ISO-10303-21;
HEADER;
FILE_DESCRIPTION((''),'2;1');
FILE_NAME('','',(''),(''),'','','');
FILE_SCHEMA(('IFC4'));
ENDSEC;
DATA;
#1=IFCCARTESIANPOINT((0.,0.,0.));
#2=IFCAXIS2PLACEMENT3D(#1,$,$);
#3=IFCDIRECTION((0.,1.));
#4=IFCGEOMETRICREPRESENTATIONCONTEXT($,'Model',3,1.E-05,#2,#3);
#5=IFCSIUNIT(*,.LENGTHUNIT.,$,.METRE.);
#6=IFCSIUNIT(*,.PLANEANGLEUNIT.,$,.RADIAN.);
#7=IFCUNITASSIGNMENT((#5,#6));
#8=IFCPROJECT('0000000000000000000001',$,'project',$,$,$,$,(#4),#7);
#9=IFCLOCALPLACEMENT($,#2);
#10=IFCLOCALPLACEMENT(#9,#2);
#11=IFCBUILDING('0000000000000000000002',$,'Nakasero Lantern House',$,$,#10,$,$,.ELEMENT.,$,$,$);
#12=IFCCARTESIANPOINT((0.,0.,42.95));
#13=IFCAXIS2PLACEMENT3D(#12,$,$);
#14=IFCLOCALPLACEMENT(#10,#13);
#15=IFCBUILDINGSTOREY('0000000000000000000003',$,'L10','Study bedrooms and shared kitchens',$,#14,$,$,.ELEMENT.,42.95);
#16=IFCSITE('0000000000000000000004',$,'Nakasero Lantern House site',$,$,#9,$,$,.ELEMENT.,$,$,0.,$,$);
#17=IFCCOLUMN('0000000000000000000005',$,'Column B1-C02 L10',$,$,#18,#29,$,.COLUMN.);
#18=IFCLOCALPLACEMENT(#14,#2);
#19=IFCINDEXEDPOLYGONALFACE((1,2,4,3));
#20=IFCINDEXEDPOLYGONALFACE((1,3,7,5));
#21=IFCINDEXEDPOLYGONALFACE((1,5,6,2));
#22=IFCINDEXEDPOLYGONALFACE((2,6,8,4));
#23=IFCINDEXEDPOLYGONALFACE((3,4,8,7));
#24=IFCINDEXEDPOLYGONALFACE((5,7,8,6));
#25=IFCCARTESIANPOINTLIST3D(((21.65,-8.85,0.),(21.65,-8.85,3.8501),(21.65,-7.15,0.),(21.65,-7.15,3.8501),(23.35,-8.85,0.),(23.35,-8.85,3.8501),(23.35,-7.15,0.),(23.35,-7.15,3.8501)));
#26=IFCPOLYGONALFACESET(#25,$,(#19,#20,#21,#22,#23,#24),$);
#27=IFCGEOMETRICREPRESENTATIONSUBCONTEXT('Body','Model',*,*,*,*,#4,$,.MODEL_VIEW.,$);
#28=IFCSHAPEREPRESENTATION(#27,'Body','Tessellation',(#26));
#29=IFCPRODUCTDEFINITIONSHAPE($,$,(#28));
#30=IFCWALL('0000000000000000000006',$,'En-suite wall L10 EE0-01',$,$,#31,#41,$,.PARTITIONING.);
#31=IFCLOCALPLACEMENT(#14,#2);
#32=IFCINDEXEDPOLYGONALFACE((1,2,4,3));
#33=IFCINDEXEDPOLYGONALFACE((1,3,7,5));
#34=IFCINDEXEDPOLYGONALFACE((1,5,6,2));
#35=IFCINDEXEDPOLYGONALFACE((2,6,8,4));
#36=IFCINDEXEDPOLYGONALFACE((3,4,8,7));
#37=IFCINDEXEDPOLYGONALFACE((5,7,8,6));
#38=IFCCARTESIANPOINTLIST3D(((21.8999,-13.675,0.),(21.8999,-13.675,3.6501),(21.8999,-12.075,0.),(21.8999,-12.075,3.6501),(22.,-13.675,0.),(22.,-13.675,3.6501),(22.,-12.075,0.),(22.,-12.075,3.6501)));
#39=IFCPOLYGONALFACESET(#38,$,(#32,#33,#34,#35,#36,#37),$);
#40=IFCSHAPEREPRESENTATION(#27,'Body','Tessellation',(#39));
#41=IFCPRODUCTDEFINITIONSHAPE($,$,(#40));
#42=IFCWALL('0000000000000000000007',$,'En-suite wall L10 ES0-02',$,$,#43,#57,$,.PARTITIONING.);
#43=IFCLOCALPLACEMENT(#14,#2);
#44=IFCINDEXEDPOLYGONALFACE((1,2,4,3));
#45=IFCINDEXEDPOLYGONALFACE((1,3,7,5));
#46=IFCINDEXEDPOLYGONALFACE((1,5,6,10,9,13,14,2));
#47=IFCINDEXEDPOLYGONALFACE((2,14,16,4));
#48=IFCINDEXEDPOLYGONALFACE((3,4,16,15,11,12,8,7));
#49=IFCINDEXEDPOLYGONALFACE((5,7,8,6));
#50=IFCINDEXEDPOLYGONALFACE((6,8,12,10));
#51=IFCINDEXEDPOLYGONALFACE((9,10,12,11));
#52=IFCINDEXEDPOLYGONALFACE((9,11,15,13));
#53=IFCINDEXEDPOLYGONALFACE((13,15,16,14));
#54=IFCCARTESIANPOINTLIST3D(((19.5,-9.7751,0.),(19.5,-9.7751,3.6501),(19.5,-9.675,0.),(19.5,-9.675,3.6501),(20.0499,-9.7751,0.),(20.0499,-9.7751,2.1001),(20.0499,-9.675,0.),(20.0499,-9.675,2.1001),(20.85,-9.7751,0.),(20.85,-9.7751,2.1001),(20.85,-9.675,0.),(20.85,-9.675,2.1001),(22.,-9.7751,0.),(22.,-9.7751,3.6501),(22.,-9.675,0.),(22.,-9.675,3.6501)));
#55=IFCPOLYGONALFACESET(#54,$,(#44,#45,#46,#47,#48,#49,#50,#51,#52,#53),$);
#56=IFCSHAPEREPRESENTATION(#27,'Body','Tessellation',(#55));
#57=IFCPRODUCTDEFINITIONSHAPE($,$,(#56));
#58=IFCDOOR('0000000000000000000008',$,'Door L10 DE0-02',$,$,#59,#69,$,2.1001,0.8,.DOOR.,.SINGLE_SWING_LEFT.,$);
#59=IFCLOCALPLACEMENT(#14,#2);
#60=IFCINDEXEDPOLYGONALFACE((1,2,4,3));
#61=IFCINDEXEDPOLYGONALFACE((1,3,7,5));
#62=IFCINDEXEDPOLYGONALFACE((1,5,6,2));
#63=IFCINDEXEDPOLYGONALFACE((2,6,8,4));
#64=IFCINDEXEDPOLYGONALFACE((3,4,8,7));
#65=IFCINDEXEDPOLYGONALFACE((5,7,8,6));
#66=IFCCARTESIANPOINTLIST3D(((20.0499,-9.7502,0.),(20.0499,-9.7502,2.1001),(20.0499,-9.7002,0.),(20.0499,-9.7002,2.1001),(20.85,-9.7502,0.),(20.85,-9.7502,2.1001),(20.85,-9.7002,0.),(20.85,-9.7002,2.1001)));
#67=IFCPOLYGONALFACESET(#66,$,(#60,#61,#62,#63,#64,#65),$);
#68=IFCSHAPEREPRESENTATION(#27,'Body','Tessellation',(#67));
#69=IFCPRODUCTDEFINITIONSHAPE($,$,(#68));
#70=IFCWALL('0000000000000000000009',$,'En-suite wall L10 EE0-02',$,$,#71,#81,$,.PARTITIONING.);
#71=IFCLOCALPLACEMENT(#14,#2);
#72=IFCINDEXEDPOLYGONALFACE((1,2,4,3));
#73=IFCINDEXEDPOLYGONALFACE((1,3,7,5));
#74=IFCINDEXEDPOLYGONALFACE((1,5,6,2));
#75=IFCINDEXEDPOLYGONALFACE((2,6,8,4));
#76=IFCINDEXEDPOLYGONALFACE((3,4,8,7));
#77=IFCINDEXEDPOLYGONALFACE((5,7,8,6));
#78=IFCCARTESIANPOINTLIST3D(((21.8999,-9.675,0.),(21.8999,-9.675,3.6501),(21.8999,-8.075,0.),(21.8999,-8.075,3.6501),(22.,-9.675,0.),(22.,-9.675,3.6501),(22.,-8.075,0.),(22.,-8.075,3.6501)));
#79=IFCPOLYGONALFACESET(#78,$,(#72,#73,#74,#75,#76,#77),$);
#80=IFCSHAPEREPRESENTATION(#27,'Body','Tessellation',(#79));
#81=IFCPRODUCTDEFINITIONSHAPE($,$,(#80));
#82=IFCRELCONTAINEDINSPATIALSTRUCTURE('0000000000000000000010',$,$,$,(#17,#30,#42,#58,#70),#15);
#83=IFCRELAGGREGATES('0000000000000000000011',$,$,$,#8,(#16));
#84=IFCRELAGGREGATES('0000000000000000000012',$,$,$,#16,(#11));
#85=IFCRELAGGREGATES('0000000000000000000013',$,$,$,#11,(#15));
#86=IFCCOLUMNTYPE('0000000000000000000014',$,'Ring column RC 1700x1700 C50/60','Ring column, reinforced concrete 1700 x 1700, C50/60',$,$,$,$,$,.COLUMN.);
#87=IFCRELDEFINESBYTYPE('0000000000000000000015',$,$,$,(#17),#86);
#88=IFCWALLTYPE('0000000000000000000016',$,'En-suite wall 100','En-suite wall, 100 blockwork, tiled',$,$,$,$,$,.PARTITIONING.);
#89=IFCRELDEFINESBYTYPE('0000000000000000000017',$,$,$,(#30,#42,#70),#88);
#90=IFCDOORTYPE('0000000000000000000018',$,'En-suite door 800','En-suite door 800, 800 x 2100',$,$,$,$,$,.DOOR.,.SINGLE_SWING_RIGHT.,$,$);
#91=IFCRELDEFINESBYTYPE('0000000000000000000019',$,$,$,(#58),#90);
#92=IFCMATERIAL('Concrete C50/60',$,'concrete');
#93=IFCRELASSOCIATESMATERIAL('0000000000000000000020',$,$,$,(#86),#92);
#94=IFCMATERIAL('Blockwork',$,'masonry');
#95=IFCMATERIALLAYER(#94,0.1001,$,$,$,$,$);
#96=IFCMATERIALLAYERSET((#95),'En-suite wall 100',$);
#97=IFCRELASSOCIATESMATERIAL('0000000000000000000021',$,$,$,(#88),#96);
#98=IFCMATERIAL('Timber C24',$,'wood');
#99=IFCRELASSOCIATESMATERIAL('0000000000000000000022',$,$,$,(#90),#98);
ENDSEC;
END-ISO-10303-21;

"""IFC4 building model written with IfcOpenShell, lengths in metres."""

from ifc_helpers import new_model, si_unit, direction, frame, frame_2d, origin, origin_2d, place, context, subcontext, project, spatial, rectangle, extrude, material, layer, layer_set, material_profile, profile_set, type_object, element, fill, save


model = new_model("IFC4")

# Units and contexts
model_context = context("Model", 3, precision=1e-05, world=origin(), true_north=direction((0.0, 1.0)))
body_context = subcontext(model_context, "Body", "Model", "MODEL_VIEW")
ifc_project = project(units=[si_unit("LENGTHUNIT", "METRE"), si_unit("PLANEANGLEUNIT", "RADIAN")], contexts=[model_context])

# Site, building, storey
site_placement = place(None, origin())
site = spatial("IfcSite", under=ifc_project, at=site_placement, Name="Nakasero Lantern House site", CompositionType="ELEMENT", RefElevation=0.0)
building_placement = place(site_placement, origin())
building = spatial("IfcBuilding", under=site, at=building_placement, Name="Nakasero Lantern House", CompositionType="ELEMENT")
storey_placement = place(building_placement, frame((0.0, 0.0, 42.95)))
storey = spatial("IfcBuildingStorey", under=building, at=storey_placement, Name="L10", Description="Study bedrooms and shared kitchens", CompositionType="ELEMENT", Elevation=42.95)

# Column
ifc_material_1 = material(Name="Concrete C50/60", Category="concrete")
ifc_material_profile = material_profile(ifc_material_1, rectangle(XDim=1.7, YDim=1.7, at=origin_2d()), Name="RC 1700x1700")
ifc_profile_set = profile_set([ifc_material_profile], Name="Concrete C50/60")
column_type = type_object("IfcColumnType", Name="Ring column RC 1700x1700 C50/60", Description="Ring column, reinforced concrete 1700 x 1700, C50/60", PredefinedType="COLUMN", material=ifc_profile_set)
column_placement = place(storey_placement, frame((22.5, -8.0, 0.0), z_axis=(0.0, 0.0, 1.0), x_axis=(1.0, 0.0, 0.0)))
element("IfcColumn", 1, at=column_placement, inside=storey, type_object=column_type, Name="Column B1-C02 L10", PredefinedType="COLUMN", context=body_context, shape_type="SweptSolid", body=[
    extrude(rectangle(XDim=1.7, YDim=1.7, at=origin_2d()), origin(), (0.0, 0.0, 1.0), 3.8501),
])

# Wall
ifc_material_2 = material(Name="Blockwork", Category="masonry")
ifc_layer_1 = layer(ifc_material_2, 0.1001)
ifc_layer_set_1 = layer_set([ifc_layer_1], Name="En-suite wall 100")
wall_type_1 = type_object("IfcWallType", Name="En-suite wall 100", Description="En-suite wall, 100 blockwork, tiled", PredefinedType="PARTITIONING", material=ifc_layer_set_1)
wall_1_placement = place(storey_placement, frame((21.95, -13.675, 0.0), z_axis=(0.0, 0.0, 1.0), x_axis=(0.0, 1.0, 0.0)))
element("IfcWall", 2, at=wall_1_placement, inside=storey, type_object=wall_type_1, Name="En-suite wall L10 EE0-01", PredefinedType="PARTITIONING", context=body_context, shape_type="SweptSolid", body=[
    extrude(rectangle(XDim=1.6001, YDim=0.1001, at=frame_2d((0.8, 0.0))), origin(), (0.0, 0.0, 1.0), 3.6501),
])

# Wall, opening, door
wall_2_placement = place(storey_placement, frame((19.5, -9.7251, 0.0), z_axis=(0.0, 0.0, 1.0), x_axis=(1.0, 0.0, 0.0)))
wall_2 = element("IfcWall", 3, at=wall_2_placement, inside=storey, type_object=wall_type_1, Name="En-suite wall L10 ES0-02", PredefinedType="PARTITIONING", context=body_context, shape_type="SweptSolid", body=[
    extrude(rectangle(XDim=2.5, YDim=0.1001, at=frame_2d((1.25, 0.0))), origin(), (0.0, 0.0, 1.0), 3.6501),
])
opening_1_placement = place(wall_2_placement, frame((0.55, 0.0, 0.0)))
opening_1 = element("IfcOpeningElement", 4, at=opening_1_placement, cuts=wall_2, PredefinedType="OPENING", context=body_context, shape_type="SweptSolid", body=[
    extrude(rectangle(XDim=0.8, YDim=2.1001, at=frame_2d((0.3999, 1.05))), frame((0.0, 0.0701, 0.0), z_axis=(0.0, -1.0, 0.0), x_axis=(1.0, 0.0, 0.0)), (0.0, 0.0, 1.0), 0.1401),
])
ifc_material_3 = material(Name="Timber C24", Category="wood")
door_type_1 = type_object("IfcDoorType", Name="En-suite door 800", Description="En-suite door 800, 800 x 2100", OperationType="SINGLE_SWING_RIGHT", PredefinedType="DOOR", material=ifc_material_3)
door_1_placement = place(opening_1_placement, origin())
door_1 = element("IfcDoor", 5, at=door_1_placement, inside=storey, type_object=door_type_1, Name="Door L10 DE0-02", OperationType="SINGLE_SWING_LEFT", OverallHeight=2.1001, OverallWidth=0.8, PredefinedType="DOOR", context=body_context, shape_type="SweptSolid", body=[
    extrude(rectangle(XDim=0.8, YDim=2.1001, at=frame_2d((0.3999, 1.05))), frame((0.0, 0.0249, 0.0), z_axis=(0.0, -1.0, 0.0), x_axis=(1.0, 0.0, 0.0)), (0.0, 0.0, 1.0), 0.05),
])
fill(opening_1, door_1)

# Wall
wall_3_placement = place(storey_placement, frame((21.95, -9.675, 0.0), z_axis=(0.0, 0.0, 1.0), x_axis=(0.0, 1.0, 0.0)))
element("IfcWall", 6, at=wall_3_placement, inside=storey, type_object=wall_type_1, Name="En-suite wall L10 EE0-02", PredefinedType="PARTITIONING", context=body_context, shape_type="SweptSolid", body=[
    extrude(rectangle(XDim=1.6001, YDim=0.1001, at=frame_2d((0.8, 0.0))), origin(), (0.0, 0.0, 1.0), 3.6501),
])

save(model, "model.ifc")
